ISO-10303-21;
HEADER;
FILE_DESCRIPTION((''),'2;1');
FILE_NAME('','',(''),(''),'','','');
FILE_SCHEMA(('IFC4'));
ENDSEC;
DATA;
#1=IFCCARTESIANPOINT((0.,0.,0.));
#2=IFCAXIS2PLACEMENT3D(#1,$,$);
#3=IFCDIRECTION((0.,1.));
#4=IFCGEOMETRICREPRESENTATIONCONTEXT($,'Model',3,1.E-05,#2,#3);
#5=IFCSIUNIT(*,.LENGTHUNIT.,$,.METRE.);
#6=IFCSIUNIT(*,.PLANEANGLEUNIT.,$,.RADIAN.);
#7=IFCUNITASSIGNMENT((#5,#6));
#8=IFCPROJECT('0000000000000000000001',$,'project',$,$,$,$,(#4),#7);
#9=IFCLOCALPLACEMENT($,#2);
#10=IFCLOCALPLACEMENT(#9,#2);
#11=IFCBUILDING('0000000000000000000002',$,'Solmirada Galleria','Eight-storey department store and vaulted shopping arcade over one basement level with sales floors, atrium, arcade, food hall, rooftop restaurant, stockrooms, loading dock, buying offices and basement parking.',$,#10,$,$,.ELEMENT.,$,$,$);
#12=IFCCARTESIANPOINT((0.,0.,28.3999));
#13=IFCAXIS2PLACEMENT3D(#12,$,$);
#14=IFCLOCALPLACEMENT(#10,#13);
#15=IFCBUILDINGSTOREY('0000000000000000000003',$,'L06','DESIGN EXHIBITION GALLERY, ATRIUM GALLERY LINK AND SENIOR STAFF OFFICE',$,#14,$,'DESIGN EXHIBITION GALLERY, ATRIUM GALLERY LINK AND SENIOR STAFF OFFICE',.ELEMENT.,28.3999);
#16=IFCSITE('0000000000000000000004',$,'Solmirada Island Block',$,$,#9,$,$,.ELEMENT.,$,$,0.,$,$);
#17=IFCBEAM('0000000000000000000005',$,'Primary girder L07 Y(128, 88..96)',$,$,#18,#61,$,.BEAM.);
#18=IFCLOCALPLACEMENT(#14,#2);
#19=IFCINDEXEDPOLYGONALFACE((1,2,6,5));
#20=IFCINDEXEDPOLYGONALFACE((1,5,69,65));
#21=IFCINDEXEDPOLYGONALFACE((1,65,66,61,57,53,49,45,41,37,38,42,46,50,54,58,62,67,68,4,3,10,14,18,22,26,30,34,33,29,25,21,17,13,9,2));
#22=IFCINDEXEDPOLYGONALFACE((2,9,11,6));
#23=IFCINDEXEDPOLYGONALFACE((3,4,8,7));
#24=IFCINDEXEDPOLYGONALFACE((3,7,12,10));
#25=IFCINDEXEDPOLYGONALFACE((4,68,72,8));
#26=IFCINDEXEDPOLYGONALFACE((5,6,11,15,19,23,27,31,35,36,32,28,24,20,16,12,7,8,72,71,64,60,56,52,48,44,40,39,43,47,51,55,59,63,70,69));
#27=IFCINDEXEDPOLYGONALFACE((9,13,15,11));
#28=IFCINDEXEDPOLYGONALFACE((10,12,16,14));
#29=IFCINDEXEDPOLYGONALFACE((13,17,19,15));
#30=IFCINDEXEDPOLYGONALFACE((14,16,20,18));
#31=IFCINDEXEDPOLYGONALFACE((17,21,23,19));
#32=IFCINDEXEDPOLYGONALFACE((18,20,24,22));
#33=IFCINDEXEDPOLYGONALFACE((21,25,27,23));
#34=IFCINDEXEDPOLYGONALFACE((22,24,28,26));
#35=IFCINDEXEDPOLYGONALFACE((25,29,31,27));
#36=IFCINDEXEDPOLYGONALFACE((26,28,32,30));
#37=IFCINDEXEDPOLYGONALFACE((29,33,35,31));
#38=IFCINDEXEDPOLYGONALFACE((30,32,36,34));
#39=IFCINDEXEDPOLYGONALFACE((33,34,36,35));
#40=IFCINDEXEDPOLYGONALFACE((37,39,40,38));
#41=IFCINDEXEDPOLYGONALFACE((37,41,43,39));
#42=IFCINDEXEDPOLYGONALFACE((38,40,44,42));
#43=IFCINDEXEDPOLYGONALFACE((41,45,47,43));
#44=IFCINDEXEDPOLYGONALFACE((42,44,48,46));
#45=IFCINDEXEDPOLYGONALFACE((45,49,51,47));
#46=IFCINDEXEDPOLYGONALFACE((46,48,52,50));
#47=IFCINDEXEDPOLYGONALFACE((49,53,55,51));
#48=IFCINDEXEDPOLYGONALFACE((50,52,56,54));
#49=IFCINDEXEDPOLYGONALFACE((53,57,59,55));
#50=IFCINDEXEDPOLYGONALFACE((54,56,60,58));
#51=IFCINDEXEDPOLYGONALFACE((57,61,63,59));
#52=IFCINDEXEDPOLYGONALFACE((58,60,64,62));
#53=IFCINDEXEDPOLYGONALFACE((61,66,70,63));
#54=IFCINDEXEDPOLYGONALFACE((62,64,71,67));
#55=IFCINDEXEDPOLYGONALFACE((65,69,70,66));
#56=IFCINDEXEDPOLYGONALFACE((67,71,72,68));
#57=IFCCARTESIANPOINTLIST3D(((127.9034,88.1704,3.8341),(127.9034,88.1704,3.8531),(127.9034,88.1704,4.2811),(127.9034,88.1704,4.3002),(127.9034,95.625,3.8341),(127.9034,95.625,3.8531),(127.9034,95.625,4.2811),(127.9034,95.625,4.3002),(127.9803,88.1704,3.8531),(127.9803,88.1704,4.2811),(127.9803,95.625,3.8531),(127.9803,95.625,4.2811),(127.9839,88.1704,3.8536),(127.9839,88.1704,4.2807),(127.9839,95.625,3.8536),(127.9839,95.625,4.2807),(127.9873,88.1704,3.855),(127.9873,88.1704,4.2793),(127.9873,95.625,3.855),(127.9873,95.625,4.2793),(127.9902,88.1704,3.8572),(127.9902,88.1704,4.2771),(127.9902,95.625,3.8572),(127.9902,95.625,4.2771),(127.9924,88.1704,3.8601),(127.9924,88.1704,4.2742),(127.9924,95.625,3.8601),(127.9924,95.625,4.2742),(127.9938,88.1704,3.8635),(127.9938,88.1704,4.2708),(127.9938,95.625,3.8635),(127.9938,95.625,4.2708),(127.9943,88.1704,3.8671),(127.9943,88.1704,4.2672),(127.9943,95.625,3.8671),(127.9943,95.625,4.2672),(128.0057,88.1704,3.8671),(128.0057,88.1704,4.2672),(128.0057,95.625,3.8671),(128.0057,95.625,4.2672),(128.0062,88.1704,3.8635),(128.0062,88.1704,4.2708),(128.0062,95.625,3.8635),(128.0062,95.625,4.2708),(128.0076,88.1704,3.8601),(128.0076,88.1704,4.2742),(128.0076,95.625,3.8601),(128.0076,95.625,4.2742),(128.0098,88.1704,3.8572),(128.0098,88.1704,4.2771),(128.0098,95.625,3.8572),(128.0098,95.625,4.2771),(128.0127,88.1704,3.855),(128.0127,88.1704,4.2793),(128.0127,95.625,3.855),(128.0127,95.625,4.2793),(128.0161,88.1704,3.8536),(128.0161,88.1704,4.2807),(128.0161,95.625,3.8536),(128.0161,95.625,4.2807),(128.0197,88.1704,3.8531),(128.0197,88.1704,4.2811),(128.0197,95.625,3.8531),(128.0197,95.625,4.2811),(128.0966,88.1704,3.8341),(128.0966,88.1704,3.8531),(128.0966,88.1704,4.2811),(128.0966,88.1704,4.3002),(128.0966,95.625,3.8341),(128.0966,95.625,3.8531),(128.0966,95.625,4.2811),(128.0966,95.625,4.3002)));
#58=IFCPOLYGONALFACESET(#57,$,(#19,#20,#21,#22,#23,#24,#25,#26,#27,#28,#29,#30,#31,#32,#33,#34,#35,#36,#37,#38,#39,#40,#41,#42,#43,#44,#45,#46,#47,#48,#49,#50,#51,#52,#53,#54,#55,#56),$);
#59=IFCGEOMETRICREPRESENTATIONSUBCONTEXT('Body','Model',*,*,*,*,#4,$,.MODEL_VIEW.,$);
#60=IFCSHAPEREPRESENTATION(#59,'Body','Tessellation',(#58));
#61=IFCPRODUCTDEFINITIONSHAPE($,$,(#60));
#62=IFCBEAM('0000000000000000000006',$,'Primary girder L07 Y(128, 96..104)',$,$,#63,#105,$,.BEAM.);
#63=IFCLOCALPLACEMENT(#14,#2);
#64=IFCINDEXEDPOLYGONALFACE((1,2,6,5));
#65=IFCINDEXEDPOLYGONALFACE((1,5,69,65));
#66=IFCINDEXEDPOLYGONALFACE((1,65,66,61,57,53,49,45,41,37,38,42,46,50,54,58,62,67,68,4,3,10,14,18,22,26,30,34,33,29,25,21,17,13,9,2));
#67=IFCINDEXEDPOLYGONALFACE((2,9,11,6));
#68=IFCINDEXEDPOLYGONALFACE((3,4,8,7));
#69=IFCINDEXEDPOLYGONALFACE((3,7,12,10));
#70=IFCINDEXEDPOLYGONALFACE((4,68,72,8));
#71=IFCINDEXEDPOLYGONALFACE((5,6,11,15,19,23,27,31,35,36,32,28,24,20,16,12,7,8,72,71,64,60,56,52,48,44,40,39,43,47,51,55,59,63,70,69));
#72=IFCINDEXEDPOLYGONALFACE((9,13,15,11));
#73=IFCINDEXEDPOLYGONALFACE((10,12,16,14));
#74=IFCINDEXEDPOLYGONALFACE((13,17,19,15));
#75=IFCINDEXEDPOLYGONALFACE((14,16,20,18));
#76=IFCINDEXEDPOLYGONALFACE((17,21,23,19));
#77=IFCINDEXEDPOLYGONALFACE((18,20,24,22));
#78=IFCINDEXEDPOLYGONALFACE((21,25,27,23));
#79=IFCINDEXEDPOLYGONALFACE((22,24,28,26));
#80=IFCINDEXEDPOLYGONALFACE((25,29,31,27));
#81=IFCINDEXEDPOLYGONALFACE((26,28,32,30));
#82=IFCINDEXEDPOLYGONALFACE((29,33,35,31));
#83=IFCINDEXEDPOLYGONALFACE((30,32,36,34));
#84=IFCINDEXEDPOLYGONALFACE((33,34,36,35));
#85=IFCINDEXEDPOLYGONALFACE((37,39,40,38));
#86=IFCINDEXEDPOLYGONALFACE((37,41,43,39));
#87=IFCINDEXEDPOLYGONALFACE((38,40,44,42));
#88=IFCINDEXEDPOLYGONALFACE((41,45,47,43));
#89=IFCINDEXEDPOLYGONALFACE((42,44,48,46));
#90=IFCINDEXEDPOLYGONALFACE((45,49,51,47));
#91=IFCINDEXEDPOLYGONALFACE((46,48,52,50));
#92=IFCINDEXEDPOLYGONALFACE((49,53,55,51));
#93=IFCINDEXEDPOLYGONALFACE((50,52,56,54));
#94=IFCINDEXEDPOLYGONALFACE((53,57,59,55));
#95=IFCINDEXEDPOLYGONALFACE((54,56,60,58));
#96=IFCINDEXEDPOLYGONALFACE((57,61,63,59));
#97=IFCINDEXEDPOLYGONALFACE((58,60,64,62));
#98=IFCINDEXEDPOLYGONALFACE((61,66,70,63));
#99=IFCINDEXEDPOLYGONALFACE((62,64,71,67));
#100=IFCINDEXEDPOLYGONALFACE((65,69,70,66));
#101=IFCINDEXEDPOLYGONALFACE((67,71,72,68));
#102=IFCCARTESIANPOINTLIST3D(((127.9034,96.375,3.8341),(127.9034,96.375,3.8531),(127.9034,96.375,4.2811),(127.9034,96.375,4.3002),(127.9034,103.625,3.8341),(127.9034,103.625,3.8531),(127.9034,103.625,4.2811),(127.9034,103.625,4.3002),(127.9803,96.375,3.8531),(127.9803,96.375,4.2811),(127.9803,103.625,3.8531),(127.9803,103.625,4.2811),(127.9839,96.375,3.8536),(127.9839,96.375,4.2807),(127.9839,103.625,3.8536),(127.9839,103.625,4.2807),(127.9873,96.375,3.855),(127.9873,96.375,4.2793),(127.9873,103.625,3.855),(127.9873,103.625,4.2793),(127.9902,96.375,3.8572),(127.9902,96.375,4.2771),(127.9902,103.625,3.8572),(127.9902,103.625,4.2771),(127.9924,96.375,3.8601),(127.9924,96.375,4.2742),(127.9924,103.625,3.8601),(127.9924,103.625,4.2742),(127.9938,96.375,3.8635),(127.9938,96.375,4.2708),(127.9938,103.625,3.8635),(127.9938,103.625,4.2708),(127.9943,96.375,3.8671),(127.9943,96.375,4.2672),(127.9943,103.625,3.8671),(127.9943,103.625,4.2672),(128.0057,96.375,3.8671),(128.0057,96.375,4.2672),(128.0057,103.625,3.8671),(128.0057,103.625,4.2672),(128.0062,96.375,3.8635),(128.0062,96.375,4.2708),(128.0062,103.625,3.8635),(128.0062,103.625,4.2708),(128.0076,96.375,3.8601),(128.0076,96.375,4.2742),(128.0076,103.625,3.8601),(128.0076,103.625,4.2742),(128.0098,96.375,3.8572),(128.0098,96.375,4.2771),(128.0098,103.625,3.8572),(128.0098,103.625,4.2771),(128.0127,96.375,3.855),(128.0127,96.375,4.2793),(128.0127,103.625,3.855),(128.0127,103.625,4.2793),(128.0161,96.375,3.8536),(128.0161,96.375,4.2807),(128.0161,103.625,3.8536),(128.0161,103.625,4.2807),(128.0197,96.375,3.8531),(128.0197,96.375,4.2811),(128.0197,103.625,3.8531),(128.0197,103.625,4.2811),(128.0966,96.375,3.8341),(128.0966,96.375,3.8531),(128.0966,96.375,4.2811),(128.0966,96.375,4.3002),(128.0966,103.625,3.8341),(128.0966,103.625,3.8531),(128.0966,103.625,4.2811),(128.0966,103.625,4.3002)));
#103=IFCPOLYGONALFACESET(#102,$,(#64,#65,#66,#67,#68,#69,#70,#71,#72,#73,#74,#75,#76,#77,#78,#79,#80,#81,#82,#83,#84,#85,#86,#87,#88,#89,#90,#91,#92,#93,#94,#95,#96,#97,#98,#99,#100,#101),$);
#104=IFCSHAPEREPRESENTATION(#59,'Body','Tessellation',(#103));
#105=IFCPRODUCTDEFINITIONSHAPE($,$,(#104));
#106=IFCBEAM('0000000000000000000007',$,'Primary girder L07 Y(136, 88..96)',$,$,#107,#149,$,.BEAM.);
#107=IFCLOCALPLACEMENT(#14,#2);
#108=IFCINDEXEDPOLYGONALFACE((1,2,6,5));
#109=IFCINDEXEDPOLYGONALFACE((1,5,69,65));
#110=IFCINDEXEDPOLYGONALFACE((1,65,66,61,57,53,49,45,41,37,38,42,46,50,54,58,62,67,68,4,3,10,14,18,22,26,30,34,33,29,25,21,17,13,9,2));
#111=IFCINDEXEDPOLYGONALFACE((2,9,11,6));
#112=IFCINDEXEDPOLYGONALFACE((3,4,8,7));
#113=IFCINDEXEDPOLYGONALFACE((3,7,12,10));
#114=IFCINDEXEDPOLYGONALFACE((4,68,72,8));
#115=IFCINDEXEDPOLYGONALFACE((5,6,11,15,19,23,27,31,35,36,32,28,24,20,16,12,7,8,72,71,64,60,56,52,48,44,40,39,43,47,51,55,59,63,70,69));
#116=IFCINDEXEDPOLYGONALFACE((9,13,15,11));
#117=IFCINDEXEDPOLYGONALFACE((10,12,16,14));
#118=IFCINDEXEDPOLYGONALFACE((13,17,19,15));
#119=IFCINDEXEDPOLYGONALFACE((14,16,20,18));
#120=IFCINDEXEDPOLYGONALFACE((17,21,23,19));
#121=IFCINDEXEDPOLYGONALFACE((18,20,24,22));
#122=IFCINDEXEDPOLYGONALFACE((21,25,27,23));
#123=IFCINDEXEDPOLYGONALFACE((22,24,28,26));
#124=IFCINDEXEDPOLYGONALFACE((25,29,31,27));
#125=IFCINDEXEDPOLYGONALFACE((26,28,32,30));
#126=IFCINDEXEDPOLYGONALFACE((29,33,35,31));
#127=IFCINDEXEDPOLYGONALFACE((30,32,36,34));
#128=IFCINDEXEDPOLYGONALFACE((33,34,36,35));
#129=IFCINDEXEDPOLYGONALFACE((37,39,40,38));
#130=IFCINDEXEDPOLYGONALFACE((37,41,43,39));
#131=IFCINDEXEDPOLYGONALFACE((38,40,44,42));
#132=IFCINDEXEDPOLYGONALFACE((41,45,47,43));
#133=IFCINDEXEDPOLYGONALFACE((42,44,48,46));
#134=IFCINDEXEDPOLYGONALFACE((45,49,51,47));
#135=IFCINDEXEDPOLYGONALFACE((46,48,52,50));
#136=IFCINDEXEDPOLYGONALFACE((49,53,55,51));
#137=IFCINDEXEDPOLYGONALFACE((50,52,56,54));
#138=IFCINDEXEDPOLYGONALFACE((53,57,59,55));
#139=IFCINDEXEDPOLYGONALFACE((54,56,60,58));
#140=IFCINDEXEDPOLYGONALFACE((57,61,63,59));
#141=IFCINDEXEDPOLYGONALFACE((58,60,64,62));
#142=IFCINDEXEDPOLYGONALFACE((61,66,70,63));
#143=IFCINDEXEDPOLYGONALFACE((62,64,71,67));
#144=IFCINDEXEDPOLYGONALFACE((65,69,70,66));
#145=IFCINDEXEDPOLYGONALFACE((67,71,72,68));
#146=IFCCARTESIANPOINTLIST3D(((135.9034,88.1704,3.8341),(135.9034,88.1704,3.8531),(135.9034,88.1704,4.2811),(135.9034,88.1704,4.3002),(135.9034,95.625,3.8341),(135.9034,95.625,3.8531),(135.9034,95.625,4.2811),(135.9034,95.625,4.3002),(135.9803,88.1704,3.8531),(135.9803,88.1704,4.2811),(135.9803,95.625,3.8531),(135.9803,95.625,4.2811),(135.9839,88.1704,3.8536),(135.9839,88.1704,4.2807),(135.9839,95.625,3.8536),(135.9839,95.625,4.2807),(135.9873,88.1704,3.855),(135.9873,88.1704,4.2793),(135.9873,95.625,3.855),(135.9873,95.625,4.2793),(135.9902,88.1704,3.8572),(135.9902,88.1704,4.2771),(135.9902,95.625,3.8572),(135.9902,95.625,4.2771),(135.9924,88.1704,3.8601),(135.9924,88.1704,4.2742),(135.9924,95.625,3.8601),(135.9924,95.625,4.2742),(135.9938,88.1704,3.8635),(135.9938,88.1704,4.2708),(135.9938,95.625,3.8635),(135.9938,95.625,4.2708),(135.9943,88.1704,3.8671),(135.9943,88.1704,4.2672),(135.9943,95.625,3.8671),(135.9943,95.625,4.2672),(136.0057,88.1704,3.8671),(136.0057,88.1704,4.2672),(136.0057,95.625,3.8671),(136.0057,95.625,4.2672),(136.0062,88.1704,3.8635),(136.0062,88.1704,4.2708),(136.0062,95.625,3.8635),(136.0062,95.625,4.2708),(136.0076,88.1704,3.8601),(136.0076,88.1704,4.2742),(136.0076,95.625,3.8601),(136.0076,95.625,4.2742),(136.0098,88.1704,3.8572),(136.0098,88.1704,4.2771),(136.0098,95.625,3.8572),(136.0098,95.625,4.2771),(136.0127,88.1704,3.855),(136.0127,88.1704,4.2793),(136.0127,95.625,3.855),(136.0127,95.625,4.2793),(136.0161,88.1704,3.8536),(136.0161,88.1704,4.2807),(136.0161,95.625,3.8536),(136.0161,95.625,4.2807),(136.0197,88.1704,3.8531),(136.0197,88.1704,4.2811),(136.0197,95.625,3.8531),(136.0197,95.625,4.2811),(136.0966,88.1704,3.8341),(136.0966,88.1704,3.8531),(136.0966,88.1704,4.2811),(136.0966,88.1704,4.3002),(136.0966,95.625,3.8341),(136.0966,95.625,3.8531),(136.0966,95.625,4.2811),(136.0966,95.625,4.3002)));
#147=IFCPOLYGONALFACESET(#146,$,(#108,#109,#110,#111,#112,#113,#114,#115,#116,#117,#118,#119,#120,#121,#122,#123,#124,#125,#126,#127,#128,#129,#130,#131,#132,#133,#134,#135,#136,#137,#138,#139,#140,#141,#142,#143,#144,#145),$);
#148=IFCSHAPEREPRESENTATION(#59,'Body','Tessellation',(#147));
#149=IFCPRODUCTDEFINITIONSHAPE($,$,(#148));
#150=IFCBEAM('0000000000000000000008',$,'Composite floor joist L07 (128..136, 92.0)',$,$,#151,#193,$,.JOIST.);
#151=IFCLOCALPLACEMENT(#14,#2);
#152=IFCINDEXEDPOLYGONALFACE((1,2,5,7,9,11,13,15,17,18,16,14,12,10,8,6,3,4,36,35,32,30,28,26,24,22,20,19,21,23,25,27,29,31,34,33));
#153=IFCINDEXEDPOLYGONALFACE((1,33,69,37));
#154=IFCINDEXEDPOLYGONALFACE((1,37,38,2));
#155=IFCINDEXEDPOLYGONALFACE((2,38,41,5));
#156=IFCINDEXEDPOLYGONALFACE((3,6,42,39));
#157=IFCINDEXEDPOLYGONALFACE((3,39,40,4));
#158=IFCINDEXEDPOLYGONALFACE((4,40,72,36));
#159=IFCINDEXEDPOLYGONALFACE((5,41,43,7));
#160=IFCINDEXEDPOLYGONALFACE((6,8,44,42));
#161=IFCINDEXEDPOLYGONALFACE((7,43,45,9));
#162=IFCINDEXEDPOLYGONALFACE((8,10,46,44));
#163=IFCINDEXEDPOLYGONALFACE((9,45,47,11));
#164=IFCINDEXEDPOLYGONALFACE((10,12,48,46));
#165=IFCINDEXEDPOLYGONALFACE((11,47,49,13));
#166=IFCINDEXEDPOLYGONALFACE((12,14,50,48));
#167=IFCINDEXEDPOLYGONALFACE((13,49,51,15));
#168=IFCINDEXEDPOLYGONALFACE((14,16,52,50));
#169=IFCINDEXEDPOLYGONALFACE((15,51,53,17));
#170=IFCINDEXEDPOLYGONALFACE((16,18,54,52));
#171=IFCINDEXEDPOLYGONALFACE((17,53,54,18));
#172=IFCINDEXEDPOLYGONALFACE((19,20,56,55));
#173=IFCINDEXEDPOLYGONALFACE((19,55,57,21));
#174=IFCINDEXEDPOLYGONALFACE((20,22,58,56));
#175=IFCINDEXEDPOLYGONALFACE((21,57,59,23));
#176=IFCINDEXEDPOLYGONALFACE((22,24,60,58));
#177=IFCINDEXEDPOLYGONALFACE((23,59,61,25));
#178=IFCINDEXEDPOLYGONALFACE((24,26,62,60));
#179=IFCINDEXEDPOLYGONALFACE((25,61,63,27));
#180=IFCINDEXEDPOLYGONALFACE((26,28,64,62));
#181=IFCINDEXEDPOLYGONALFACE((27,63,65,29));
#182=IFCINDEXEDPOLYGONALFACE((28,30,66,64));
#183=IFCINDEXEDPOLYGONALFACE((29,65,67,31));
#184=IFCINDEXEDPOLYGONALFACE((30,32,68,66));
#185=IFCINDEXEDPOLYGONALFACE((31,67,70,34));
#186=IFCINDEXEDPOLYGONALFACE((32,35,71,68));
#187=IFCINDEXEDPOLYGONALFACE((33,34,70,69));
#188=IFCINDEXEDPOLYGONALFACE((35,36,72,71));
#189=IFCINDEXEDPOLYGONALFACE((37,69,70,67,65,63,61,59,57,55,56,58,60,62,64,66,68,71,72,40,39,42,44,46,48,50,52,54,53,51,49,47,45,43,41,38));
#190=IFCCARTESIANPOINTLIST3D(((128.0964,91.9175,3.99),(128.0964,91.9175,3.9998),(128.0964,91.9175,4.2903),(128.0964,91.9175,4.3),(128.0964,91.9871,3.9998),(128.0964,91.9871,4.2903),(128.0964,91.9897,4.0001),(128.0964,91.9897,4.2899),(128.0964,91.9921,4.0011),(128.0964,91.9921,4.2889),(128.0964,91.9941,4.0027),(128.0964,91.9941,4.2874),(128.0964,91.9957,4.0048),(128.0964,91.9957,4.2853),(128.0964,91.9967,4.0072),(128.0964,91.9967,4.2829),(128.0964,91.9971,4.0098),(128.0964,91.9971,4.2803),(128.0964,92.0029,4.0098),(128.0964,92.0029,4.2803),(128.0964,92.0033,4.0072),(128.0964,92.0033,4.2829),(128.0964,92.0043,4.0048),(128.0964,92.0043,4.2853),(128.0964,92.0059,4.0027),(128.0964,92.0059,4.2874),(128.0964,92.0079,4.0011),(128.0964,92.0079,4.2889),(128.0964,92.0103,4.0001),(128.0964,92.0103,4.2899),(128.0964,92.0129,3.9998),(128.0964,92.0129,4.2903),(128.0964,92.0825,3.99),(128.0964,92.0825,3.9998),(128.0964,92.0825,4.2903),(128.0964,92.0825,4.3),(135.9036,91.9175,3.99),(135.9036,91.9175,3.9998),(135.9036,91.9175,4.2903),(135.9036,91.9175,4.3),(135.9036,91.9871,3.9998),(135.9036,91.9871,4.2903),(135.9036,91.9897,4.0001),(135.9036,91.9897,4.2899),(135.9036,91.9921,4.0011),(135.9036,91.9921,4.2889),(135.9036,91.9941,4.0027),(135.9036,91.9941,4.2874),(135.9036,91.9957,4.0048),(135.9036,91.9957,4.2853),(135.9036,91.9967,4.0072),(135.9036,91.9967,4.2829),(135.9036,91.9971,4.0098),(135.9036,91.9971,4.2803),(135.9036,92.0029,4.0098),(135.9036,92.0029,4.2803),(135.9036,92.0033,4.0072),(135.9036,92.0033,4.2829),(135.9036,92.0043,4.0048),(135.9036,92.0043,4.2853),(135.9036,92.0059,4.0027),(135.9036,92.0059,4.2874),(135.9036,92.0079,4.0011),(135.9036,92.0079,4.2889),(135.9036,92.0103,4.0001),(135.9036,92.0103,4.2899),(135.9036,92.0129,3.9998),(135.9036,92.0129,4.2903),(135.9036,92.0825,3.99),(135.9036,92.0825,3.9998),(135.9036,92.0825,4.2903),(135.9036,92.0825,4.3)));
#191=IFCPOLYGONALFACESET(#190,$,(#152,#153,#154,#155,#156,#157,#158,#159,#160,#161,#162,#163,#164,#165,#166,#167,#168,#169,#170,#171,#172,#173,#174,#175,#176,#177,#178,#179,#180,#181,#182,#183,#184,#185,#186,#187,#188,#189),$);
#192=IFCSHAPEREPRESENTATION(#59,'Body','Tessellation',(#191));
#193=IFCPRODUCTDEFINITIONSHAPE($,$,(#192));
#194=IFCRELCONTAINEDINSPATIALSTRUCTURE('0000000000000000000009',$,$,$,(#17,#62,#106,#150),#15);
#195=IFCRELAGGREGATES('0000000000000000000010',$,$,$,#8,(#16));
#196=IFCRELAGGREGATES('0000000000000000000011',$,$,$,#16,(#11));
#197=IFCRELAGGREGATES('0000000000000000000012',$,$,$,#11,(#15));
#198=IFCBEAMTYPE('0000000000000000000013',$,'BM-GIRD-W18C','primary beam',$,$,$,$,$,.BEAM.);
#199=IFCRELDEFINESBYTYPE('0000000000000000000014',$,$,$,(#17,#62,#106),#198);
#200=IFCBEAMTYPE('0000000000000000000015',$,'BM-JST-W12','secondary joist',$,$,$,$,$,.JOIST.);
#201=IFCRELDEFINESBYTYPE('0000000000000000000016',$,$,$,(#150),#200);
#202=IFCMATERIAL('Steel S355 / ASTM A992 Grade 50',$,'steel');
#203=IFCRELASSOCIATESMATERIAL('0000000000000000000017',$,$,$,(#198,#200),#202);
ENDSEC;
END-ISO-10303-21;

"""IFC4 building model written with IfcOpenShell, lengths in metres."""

from ifc_helpers import new_model, si_unit, direction, frame, origin, origin_2d, place, context, subcontext, project, spatial, i_section, extrude, material, material_profile, profile_set, type_object, element, save


model = new_model("IFC4")

# Units and contexts
model_context = context("Model", 3, precision=1e-05, world=origin(), true_north=direction((0.0, 1.0)))
body_context = subcontext(model_context, "Body", "Model", "MODEL_VIEW")
ifc_project = project(units=[si_unit("LENGTHUNIT", "METRE"), si_unit("PLANEANGLEUNIT", "RADIAN")], contexts=[model_context])

# Site, building, storey
site_placement = place(None, origin())
site = spatial("IfcSite", under=ifc_project, at=site_placement, Name="Solmirada Island Block", CompositionType="ELEMENT", RefElevation=0.0)
building_placement = place(site_placement, origin())
building = spatial("IfcBuilding", under=site, at=building_placement, Name="Solmirada Galleria", Description="Eight-storey department store and vaulted shopping arcade over one basement level with sales floors, atrium, arcade, food hall, rooftop restaurant, stockrooms, loading dock, buying offices and basement parking.", CompositionType="ELEMENT")
storey_placement = place(building_placement, frame((0.0, 0.0, 28.3999)))
storey = spatial("IfcBuildingStorey", under=building, at=storey_placement, Name="L06", Description="DESIGN EXHIBITION GALLERY, ATRIUM GALLERY LINK AND SENIOR STAFF OFFICE", LongName="DESIGN EXHIBITION GALLERY, ATRIUM GALLERY LINK AND SENIOR STAFF OFFICE", CompositionType="ELEMENT", Elevation=28.3999)

# Beams
ifc_material_1 = material(Name="Steel S355 / ASTM A992 Grade 50", Category="steel")
ifc_material_profile_1 = material_profile(ifc_material_1, i_section(OverallWidth=0.1931, OverallDepth=0.4661, WebThickness=0.0115, FlangeThickness=0.019, FilletRadius=0.0139, at=origin_2d()), Name="W18X65")
ifc_profile_set_1 = profile_set([ifc_material_profile_1], Name="Steel S355 / ASTM A992 Grade 50")
beam_type_1 = type_object("IfcBeamType", Name="BM-GIRD-W18C", Description="primary beam", PredefinedType="BEAM", material=ifc_profile_set_1)
beam_1_placement = place(storey_placement, frame((128.0, 88.1704, 4.0671), z_axis=(0.0, 1.0, 0.0), x_axis=(-1.0, 0.0, 0.0)))
element("IfcBeam", 1, at=beam_1_placement, inside=storey, type_object=beam_type_1, Name="Primary girder L07 Y(128, 88..96)", PredefinedType="BEAM", context=body_context, shape_type="SweptSolid", body=[
    extrude(i_section(OverallWidth=0.1931, OverallDepth=0.4661, WebThickness=0.0115, FlangeThickness=0.019, FilletRadius=0.0139, at=origin_2d()), origin(), (0.0, 0.0, 1.0), 7.4546),
])
beam_2_placement = place(storey_placement, frame((128.0, 96.375, 4.0671), z_axis=(0.0, 1.0, 0.0), x_axis=(-1.0, 0.0, 0.0)))
element("IfcBeam", 2, at=beam_2_placement, inside=storey, type_object=beam_type_1, Name="Primary girder L07 Y(128, 96..104)", PredefinedType="BEAM", context=body_context, shape_type="SweptSolid", body=[
    extrude(i_section(OverallWidth=0.1931, OverallDepth=0.4661, WebThickness=0.0115, FlangeThickness=0.019, FilletRadius=0.0139, at=origin_2d()), origin(), (0.0, 0.0, 1.0), 7.25),
])
beam_3_placement = place(storey_placement, frame((136.0, 88.1704, 4.0671), z_axis=(0.0, 1.0, 0.0), x_axis=(-1.0, 0.0, 0.0)))
element("IfcBeam", 3, at=beam_3_placement, inside=storey, type_object=beam_type_1, Name="Primary girder L07 Y(136, 88..96)", PredefinedType="BEAM", context=body_context, shape_type="SweptSolid", body=[
    extrude(i_section(OverallWidth=0.1931, OverallDepth=0.4661, WebThickness=0.0115, FlangeThickness=0.019, FilletRadius=0.0139, at=origin_2d()), origin(), (0.0, 0.0, 1.0), 7.4546),
])
ifc_material_profile_2 = material_profile(ifc_material_1, i_section(OverallWidth=0.165, OverallDepth=0.3101, WebThickness=0.0059, FlangeThickness=0.0098, FilletRadius=0.01, at=origin_2d()), Name="W12X26")
ifc_profile_set_2 = profile_set([ifc_material_profile_2], Name="Steel S355 / ASTM A992 Grade 50")
beam_type_2 = type_object("IfcBeamType", Name="BM-JST-W12", Description="secondary joist", PredefinedType="JOIST", material=ifc_profile_set_2)
for number, where, z_axis, x_axis, name in (
    (4, (128.0964, 92.0, 4.145), (1.0, 0.0, 0.0), (0.0, 1.0, 0.0), "Composite floor joist L07 (128..136, 92.0)"),
):
    element("IfcBeam", number, at=place(storey_placement, frame(where, z_axis=z_axis, x_axis=x_axis)), inside=storey, type_object=beam_type_2, Name=name, PredefinedType="JOIST", context=body_context, shape_type="SweptSolid", body=[
        extrude(i_section(OverallWidth=0.165, OverallDepth=0.3101, WebThickness=0.0059, FlangeThickness=0.0098, FilletRadius=0.01, at=origin_2d()), origin(), (0.0, 0.0, 1.0), 7.8071),
    ])

save(model, "model.ifc")
